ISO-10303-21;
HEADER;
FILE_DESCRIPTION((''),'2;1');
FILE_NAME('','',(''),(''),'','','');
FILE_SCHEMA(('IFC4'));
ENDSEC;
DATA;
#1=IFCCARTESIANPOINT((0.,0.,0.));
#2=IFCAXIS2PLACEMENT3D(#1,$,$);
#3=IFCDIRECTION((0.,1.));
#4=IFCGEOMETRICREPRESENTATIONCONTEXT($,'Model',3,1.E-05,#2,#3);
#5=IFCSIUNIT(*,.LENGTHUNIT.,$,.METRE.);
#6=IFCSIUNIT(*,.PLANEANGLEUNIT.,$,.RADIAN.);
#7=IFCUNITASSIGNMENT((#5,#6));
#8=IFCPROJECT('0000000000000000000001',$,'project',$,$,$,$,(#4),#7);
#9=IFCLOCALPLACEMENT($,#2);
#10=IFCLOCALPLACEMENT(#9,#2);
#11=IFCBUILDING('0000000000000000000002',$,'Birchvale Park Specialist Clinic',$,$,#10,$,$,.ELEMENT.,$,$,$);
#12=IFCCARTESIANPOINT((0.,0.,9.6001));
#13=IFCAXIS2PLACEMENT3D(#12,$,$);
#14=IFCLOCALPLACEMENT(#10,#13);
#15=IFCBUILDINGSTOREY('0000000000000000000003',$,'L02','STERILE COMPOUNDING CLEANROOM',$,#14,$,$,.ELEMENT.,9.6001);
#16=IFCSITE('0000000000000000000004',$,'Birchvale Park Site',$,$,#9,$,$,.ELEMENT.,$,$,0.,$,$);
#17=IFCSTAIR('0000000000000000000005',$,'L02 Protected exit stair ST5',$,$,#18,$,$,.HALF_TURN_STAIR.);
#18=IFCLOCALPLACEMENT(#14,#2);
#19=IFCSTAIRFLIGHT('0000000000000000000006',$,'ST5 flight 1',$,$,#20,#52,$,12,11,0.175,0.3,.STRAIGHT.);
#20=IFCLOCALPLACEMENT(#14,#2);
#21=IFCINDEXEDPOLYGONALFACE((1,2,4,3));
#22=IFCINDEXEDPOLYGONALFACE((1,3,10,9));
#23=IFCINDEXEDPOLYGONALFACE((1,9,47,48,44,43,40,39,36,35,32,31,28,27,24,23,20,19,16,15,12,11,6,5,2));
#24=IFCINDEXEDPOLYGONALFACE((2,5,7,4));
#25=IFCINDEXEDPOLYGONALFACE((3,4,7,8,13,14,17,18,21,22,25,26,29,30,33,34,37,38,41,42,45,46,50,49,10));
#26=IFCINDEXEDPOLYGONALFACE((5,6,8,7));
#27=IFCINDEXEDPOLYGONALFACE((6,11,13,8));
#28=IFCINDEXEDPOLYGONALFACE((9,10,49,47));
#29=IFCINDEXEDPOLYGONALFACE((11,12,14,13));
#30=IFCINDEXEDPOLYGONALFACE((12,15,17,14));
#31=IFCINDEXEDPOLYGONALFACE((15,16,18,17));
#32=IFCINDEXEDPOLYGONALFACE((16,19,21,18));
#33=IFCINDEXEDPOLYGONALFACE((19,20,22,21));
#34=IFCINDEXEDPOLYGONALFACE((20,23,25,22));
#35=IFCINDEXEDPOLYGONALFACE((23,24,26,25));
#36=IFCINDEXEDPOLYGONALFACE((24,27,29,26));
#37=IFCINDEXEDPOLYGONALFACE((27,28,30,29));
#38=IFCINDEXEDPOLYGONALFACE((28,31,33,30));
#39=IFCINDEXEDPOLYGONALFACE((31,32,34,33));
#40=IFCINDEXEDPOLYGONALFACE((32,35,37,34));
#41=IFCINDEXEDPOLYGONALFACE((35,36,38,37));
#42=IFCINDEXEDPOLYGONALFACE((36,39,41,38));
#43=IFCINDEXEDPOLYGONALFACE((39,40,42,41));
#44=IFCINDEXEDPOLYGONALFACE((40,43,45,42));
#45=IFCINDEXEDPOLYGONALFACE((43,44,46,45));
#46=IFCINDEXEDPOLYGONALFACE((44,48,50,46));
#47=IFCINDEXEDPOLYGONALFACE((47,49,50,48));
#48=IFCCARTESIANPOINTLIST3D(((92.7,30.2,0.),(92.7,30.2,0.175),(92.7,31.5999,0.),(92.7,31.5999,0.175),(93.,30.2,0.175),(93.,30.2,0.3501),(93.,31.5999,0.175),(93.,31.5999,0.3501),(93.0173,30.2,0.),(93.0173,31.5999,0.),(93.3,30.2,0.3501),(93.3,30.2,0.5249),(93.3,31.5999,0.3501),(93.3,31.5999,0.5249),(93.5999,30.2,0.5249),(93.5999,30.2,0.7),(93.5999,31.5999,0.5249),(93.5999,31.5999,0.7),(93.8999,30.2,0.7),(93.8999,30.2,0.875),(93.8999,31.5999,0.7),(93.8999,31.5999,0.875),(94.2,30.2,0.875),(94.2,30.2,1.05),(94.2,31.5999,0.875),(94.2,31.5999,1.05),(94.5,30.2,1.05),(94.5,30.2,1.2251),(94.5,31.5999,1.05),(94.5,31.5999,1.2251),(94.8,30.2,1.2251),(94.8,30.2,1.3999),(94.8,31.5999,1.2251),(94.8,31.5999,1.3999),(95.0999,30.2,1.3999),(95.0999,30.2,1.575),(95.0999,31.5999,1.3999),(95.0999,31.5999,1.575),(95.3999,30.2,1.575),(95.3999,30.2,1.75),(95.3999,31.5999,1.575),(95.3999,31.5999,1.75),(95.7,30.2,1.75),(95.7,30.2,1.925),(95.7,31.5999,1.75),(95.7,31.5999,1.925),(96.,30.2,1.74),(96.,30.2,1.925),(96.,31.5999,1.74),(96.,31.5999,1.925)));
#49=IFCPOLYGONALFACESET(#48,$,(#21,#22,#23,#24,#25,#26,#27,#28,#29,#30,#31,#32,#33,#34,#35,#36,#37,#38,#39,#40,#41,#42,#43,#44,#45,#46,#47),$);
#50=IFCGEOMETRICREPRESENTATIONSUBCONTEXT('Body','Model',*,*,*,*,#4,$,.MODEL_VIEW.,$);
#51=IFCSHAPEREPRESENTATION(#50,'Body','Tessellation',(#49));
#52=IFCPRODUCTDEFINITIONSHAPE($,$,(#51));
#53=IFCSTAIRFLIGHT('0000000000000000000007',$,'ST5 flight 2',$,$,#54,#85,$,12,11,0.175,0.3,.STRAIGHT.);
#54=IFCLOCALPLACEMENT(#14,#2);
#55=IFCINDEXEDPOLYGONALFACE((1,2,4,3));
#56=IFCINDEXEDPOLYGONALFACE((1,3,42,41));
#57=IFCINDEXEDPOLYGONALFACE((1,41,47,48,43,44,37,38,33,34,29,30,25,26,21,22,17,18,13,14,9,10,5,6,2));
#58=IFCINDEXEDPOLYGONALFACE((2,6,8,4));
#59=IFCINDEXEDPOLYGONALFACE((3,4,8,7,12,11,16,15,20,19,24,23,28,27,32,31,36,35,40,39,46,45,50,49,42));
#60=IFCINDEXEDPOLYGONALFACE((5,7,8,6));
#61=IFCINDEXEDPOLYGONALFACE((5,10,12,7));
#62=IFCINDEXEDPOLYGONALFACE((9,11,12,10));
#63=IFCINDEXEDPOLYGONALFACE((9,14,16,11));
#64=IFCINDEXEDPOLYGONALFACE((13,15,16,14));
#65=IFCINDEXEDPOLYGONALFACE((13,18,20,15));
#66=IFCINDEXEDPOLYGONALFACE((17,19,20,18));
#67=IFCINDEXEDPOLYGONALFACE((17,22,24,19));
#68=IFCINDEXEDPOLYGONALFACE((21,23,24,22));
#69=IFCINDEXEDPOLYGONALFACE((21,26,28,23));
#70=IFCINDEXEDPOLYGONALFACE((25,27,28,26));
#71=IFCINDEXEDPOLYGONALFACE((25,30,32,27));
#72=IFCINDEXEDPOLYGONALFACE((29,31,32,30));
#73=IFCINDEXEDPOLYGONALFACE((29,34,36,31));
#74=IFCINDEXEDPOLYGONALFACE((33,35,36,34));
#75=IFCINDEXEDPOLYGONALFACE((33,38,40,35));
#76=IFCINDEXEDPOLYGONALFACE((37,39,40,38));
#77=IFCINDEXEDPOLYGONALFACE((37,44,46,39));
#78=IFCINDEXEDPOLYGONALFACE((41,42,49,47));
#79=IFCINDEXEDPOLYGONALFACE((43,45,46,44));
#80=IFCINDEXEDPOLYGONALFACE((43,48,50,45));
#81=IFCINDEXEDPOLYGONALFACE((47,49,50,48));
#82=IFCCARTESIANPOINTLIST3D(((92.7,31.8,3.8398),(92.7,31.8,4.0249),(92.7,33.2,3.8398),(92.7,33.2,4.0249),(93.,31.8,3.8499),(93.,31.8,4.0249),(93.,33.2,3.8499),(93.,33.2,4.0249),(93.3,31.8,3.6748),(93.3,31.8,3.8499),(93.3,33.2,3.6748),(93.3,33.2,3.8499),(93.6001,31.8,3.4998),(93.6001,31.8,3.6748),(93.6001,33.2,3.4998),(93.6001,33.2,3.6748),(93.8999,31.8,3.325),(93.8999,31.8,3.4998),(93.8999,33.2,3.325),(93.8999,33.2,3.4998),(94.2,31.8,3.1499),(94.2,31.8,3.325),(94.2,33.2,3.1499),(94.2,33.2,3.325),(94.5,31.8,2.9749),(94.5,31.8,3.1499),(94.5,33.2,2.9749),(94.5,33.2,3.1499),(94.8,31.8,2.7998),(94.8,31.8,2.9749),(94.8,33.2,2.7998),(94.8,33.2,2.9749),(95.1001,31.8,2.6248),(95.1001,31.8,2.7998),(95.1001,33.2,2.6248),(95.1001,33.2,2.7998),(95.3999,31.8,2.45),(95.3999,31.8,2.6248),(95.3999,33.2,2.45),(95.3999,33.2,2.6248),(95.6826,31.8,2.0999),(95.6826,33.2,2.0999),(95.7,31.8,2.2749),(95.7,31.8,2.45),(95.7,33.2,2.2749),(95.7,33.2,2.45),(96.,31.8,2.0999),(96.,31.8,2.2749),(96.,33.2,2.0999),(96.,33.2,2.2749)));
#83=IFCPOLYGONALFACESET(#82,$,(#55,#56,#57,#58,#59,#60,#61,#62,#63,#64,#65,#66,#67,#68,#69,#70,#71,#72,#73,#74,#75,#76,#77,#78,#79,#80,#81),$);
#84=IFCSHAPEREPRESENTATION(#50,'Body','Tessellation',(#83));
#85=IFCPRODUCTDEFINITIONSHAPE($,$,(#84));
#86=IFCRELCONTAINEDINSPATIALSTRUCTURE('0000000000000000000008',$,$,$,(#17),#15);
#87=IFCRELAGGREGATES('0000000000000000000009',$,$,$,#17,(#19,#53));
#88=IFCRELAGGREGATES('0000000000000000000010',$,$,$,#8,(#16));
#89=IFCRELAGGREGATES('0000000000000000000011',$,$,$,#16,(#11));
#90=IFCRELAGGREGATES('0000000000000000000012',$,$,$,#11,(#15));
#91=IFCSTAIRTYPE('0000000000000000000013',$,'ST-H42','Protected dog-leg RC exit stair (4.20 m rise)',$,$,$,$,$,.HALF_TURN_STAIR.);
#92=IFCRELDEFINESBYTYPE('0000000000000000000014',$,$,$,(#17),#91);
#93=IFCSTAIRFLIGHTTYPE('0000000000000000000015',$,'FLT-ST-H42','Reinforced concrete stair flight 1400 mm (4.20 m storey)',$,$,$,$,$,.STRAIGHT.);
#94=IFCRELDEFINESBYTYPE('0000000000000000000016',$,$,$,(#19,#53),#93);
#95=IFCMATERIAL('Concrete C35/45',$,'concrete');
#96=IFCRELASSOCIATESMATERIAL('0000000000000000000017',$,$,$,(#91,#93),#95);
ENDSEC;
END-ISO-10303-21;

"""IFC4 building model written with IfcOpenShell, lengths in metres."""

from ifc_helpers import new_model, si_unit, direction, frame, origin, place, context, subcontext, project, spatial, polyline, outline, extrude, material, type_object, element, aggregate, save


model = new_model("IFC4")

# Units and contexts
model_context = context("Model", 3, precision=1e-05, world=origin(), true_north=direction((0.0, 1.0)))
body_context = subcontext(model_context, "Body", "Model", "MODEL_VIEW")
ifc_project = project(units=[si_unit("LENGTHUNIT", "METRE"), si_unit("PLANEANGLEUNIT", "RADIAN")], contexts=[model_context])

# Site, building, storey
site_placement = place(None, origin())
site = spatial("IfcSite", under=ifc_project, at=site_placement, Name="Birchvale Park Site", CompositionType="ELEMENT", RefElevation=0.0)
building_placement = place(site_placement, origin())
building = spatial("IfcBuilding", under=site, at=building_placement, Name="Birchvale Park Specialist Clinic", CompositionType="ELEMENT")
storey_placement = place(building_placement, frame((0.0, 0.0, 9.6001)))
storey = spatial("IfcBuildingStorey", under=building, at=storey_placement, Name="L02", Description="STERILE COMPOUNDING CLEANROOM", CompositionType="ELEMENT", Elevation=9.6001)

# Stair, stair flights
ifc_material_1 = material(Name="Concrete C35/45", Category="concrete")
stair_type = type_object("IfcStairType", Name="ST-H42", Description="Protected dog-leg RC exit stair (4.20 m rise)", PredefinedType="HALF_TURN_STAIR", material=ifc_material_1)
stair_placement = place(storey_placement, origin())
stair = element("IfcStair", 1, at=stair_placement, inside=storey, type_object=stair_type, Name="L02 Protected exit stair ST5", PredefinedType="HALF_TURN_STAIR")
stair_flight_type = type_object("IfcStairFlightType", Name="FLT-ST-H42", Description="Reinforced concrete stair flight 1400 mm (4.20 m storey)", PredefinedType="STRAIGHT", material=ifc_material_1)
stair_flight_1_placement = place(storey_placement, frame((92.7, 30.8999, 0.0), z_axis=(0.0, 0.0, 1.0), x_axis=(1.0, 0.0, 0.0)))
stair_flight_1 = element("IfcStairFlight", 2, at=stair_flight_1_placement, type_object=stair_flight_type, Name="ST5 flight 1", NumberOfRisers=12, NumberOfTreads=11, PredefinedType="STRAIGHT", RiserHeight=0.175, TreadLength=0.3, context=body_context, shape_type="SweptSolid", body=[
    extrude(outline(polyline([(0.0, 0.0), (0.0, 0.175), (0.3, 0.175), (0.3, 0.3501), (0.6001, 0.3501), (0.6001, 0.5249), (0.8999, 0.5249), (0.8999, 0.7), (1.2, 0.7), (1.2, 0.875), (1.5, 0.875), (1.5, 1.05), (1.8, 1.05), (1.8, 1.2251), (2.1001, 1.2251), (2.1001, 1.3999), (2.3999, 1.3999), (2.3999, 1.575), (2.7, 1.575), (2.7, 1.75), (3.0, 1.75), (3.0, 1.925), (3.3, 1.925), (3.3, 2.1001), (3.3, 1.74), (0.3174, 0.0), (0.0, 0.0)])), frame((0.0, 0.7, 0.0), z_axis=(0.0, -1.0, 0.0), x_axis=(1.0, 0.0, 0.0)), (0.0, 0.0, 1.0), 1.3999),
])
stair_flight_2_placement = place(storey_placement, frame((96.0, 32.5, 2.0999), z_axis=(0.0, 0.0, 1.0), x_axis=(-1.0, 0.0, 0.0)))
stair_flight_2 = element("IfcStairFlight", 3, at=stair_flight_2_placement, type_object=stair_flight_type, Name="ST5 flight 2", NumberOfRisers=12, NumberOfTreads=11, PredefinedType="STRAIGHT", RiserHeight=0.175, TreadLength=0.3, context=body_context, shape_type="SweptSolid", body=[
    extrude(outline(polyline([(0.0, 0.0), (0.0, 0.175), (0.3, 0.175), (0.3, 0.3501), (0.6001, 0.3501), (0.6001, 0.5249), (0.8999, 0.5249), (0.8999, 0.7), (1.2, 0.7), (1.2, 0.875), (1.5, 0.875), (1.5, 1.05), (1.8, 1.05), (1.8, 1.2251), (2.1001, 1.2251), (2.1001, 1.3999), (2.3999, 1.3999), (2.3999, 1.575), (2.7, 1.575), (2.7, 1.75), (3.0, 1.75), (3.0, 1.925), (3.3, 1.925), (3.3, 2.1001), (3.3, 1.74), (0.3174, 0.0), (0.0, 0.0)])), frame((0.0, 0.7, 0.0), z_axis=(0.0, -1.0, 0.0), x_axis=(1.0, 0.0, 0.0)), (0.0, 0.0, 1.0), 1.3999),
])
aggregate(stair, [stair_flight_1, stair_flight_2])

save(model, "model.ifc")
